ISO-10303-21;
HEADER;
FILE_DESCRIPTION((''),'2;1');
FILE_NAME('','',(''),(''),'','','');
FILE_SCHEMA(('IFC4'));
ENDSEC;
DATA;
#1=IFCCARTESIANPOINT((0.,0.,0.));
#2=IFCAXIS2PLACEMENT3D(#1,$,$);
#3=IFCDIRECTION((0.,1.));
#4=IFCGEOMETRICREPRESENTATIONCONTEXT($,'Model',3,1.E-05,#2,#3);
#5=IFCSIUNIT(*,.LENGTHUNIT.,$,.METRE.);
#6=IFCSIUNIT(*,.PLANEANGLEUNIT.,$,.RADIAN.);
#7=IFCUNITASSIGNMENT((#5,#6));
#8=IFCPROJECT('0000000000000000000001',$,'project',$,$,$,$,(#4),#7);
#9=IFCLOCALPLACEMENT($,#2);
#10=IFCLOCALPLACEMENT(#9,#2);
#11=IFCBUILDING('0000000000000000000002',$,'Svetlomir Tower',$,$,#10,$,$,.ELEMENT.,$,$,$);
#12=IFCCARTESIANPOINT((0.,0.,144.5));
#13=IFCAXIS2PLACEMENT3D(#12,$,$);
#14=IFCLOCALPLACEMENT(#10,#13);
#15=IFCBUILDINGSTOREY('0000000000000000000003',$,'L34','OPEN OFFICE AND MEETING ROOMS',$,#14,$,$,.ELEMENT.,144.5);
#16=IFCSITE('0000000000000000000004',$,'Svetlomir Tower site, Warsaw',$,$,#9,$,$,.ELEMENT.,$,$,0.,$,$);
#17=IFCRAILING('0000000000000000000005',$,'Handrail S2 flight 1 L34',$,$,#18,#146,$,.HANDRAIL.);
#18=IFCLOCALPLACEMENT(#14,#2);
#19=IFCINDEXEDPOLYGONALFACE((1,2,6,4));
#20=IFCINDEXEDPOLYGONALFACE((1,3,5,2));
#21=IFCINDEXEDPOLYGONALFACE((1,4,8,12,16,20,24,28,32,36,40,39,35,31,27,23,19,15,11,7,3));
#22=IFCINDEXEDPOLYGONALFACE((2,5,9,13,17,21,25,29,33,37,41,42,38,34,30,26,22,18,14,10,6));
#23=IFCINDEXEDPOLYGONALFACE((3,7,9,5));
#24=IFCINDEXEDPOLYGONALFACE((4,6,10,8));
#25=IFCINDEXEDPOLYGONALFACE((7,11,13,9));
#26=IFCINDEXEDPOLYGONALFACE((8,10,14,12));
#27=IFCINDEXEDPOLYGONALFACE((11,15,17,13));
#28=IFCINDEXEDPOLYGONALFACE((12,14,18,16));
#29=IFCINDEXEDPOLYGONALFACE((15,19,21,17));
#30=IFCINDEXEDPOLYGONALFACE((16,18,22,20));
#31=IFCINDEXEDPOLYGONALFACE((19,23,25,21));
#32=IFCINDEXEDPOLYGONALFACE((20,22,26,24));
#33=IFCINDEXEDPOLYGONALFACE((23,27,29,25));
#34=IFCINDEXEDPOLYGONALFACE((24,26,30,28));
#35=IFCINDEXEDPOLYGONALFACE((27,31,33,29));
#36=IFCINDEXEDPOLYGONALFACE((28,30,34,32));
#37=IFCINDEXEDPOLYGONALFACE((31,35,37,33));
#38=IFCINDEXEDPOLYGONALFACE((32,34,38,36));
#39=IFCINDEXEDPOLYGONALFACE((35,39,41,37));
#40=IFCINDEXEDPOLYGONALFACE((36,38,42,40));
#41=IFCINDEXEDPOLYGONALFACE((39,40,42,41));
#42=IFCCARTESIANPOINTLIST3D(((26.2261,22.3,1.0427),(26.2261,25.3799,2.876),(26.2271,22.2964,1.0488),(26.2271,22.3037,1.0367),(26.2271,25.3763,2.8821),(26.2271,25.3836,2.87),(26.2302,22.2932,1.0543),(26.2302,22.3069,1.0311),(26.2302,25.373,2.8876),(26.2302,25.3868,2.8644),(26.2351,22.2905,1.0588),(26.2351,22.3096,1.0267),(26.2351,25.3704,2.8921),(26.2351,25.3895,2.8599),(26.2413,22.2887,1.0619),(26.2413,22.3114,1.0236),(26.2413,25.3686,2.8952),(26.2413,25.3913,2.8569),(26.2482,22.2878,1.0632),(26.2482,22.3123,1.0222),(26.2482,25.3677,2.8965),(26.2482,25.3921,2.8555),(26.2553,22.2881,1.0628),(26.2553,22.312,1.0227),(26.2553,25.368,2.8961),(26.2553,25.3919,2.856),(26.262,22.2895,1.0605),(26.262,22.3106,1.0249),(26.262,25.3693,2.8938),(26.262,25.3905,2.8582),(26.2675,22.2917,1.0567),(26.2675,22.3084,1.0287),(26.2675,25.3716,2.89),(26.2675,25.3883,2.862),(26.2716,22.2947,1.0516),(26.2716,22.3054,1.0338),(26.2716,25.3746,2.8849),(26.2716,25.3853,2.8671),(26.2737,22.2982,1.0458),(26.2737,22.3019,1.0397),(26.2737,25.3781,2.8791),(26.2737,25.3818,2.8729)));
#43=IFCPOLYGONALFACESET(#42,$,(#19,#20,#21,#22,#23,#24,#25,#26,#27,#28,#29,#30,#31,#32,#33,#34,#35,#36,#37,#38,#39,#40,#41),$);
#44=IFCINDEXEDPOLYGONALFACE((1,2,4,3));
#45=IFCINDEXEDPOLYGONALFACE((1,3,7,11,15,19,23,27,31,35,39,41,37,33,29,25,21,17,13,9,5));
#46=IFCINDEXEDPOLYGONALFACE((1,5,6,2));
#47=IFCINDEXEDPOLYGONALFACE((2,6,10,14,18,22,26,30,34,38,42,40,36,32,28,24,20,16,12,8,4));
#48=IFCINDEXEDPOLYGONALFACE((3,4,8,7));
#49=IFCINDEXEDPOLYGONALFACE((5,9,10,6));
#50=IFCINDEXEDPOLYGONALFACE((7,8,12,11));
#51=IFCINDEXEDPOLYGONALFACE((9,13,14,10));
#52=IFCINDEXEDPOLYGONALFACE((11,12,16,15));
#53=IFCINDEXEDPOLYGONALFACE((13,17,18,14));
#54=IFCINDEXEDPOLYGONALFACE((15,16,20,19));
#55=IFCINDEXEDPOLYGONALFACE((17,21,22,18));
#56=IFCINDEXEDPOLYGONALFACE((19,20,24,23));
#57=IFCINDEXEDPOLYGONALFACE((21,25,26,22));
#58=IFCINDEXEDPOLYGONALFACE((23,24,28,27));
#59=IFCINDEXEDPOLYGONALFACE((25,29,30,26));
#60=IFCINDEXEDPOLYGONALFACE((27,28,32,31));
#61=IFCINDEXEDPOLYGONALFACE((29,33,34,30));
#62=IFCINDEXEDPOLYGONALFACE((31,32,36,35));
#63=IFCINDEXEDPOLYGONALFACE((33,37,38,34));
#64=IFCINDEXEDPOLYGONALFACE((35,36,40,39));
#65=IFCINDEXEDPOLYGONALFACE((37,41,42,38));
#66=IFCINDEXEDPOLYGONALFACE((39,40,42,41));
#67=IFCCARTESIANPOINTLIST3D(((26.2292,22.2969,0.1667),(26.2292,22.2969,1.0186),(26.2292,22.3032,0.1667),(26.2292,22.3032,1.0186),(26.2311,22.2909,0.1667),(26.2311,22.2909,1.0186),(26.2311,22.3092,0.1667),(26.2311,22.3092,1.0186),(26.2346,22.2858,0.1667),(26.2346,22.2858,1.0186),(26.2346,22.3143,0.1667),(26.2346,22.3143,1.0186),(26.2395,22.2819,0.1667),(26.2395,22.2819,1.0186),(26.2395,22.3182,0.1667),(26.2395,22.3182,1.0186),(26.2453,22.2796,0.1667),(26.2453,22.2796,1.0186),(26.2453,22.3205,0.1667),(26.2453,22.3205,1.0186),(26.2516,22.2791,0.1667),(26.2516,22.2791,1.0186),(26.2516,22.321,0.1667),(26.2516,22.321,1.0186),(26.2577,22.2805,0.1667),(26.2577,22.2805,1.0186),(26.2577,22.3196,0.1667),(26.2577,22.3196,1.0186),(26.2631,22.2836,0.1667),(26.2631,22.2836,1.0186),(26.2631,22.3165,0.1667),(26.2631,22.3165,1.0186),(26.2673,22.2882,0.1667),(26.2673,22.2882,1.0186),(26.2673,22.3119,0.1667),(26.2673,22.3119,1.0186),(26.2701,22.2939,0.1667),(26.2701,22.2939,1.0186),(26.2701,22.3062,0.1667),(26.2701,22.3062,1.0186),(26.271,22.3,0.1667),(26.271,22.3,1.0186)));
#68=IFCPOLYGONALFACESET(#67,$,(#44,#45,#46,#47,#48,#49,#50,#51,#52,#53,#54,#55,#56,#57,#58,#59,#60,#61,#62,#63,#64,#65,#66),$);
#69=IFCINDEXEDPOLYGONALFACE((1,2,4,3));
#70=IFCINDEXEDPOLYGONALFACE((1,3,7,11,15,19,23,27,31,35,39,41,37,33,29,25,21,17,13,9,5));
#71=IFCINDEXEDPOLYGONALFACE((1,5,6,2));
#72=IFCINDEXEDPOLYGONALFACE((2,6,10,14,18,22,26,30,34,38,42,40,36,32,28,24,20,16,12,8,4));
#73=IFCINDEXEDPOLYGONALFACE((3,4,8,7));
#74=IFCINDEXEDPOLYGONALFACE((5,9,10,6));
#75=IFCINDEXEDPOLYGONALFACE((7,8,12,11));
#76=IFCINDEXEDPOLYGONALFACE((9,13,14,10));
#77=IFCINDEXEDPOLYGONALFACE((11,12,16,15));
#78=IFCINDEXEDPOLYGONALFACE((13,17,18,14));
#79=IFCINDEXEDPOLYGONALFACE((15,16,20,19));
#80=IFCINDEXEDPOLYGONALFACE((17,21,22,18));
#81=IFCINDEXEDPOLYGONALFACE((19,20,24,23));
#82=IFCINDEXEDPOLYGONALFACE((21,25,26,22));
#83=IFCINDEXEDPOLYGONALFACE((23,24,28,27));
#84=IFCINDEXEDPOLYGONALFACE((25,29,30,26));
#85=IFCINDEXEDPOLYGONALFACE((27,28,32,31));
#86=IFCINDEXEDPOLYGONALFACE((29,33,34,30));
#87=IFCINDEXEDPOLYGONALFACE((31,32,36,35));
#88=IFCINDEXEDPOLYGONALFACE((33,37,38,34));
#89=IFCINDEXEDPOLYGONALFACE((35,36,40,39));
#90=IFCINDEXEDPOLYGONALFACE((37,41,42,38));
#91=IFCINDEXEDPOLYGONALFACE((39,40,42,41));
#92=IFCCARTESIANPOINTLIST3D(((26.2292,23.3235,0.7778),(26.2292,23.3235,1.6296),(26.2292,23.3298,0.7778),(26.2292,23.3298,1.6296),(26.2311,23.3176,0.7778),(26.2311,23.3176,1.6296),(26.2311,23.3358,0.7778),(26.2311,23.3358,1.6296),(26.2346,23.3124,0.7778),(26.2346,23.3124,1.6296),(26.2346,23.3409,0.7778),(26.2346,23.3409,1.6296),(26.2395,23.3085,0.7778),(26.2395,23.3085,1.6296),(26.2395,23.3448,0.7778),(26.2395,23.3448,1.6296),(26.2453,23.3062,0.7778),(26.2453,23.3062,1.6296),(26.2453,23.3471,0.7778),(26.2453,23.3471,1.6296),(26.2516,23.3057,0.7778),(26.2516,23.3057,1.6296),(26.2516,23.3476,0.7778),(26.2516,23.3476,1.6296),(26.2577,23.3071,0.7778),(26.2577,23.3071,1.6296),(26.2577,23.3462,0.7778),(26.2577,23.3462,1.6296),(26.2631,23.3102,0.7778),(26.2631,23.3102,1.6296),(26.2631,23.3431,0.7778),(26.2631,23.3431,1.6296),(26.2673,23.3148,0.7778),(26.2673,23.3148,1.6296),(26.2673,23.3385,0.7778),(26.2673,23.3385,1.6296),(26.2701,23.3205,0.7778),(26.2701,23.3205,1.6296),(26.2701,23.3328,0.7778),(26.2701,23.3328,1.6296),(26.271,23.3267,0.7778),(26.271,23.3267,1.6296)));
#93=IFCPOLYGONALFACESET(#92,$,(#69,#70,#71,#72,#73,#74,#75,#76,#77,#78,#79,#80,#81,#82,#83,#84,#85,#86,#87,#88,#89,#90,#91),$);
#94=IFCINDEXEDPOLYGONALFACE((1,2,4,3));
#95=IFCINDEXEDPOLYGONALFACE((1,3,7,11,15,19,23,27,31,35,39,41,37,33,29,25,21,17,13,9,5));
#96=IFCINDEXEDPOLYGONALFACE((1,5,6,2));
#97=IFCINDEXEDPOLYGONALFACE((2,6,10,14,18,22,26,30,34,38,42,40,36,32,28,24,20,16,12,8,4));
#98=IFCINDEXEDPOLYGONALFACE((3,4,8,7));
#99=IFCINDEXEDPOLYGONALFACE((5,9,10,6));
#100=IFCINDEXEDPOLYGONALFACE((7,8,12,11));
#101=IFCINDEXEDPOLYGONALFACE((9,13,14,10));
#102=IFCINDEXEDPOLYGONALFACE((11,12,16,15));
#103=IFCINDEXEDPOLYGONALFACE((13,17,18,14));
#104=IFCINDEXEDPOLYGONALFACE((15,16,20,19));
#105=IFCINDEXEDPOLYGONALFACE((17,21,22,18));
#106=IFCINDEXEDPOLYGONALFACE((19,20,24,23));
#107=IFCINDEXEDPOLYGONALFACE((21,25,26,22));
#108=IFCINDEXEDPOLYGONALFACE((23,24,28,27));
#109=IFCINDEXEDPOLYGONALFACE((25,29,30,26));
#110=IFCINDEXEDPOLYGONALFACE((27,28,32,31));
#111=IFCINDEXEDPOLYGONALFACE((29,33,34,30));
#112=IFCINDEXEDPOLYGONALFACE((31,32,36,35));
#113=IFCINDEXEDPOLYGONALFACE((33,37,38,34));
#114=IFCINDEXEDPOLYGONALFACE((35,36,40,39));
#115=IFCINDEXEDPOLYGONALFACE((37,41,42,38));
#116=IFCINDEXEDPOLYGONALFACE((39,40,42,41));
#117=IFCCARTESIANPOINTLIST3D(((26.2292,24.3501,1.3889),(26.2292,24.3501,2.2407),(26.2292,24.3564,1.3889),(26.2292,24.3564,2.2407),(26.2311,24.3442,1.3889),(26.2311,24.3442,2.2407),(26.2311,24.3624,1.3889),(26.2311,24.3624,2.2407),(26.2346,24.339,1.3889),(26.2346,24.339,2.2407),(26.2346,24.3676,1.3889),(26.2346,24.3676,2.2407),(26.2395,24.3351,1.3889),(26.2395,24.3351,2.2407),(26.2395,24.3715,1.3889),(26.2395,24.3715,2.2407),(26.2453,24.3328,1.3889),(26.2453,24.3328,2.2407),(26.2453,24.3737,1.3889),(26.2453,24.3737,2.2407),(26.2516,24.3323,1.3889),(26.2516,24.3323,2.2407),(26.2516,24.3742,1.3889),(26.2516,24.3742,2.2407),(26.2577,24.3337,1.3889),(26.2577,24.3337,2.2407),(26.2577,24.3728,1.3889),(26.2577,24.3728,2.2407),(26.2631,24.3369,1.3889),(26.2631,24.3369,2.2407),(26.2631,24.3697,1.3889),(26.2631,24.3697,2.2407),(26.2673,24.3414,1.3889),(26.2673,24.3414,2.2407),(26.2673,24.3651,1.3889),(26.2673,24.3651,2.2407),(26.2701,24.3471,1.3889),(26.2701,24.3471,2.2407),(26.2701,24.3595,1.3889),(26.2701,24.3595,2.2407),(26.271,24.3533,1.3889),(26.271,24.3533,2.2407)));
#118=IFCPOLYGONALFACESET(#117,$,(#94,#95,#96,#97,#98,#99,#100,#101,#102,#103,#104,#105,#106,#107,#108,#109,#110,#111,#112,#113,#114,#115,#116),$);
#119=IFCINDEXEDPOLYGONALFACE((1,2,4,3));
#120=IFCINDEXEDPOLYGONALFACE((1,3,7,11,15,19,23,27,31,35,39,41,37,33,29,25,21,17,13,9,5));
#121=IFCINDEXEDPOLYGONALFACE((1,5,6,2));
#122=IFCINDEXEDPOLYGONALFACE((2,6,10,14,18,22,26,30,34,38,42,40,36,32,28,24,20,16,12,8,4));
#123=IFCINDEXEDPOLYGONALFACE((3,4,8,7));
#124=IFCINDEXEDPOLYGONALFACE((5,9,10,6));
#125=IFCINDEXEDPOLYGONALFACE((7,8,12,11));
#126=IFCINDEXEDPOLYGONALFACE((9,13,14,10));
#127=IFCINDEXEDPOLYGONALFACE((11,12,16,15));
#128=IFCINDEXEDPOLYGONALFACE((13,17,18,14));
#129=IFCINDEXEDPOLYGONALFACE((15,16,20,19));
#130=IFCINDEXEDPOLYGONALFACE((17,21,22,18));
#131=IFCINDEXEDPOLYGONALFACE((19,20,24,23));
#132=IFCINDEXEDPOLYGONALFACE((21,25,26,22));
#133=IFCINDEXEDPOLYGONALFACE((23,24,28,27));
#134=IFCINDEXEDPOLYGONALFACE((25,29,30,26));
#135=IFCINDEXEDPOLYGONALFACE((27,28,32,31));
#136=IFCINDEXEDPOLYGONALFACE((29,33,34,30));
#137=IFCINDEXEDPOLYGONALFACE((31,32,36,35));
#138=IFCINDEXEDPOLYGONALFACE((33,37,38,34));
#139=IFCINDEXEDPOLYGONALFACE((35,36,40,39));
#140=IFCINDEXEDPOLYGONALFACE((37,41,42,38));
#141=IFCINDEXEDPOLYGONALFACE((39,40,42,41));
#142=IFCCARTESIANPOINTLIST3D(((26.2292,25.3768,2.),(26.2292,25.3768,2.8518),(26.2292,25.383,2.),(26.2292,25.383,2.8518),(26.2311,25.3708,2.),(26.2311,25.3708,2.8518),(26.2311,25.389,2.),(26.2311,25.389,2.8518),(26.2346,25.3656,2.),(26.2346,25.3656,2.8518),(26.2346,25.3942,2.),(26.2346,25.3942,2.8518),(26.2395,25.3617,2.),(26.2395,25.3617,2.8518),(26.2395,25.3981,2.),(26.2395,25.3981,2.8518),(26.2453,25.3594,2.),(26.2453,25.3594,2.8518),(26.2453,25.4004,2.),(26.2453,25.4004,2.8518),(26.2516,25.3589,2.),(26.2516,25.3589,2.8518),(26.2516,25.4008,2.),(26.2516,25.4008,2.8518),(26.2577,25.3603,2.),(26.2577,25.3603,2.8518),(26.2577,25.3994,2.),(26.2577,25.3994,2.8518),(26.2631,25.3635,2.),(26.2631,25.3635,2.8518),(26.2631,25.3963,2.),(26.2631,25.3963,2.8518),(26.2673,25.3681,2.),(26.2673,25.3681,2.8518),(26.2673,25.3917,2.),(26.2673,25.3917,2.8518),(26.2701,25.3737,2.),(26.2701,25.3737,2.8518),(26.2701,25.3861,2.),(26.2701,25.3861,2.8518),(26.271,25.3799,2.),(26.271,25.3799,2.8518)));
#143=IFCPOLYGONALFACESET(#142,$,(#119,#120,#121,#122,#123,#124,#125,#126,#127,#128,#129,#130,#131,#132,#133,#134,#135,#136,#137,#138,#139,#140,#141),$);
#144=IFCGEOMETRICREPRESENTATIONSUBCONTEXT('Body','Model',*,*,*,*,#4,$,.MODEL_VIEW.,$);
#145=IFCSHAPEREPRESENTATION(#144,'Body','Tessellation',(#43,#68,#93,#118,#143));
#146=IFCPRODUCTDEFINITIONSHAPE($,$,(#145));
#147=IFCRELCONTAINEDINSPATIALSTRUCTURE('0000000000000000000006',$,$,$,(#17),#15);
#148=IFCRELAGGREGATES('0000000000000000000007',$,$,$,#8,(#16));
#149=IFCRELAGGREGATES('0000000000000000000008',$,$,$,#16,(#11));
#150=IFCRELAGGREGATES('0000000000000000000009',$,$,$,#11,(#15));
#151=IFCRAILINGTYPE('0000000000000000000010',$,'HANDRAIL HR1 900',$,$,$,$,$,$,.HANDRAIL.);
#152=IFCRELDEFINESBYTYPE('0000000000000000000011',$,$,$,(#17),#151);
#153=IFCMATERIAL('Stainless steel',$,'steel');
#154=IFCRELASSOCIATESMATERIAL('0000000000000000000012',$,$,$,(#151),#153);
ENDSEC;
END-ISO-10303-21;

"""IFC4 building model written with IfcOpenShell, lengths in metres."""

from ifc_helpers import new_model, si_unit, direction, frame, origin, origin_2d, place, context, subcontext, project, spatial, circle, extrude, material, type_object, element, save


model = new_model("IFC4")

# Units and contexts
model_context = context("Model", 3, precision=1e-05, world=origin(), true_north=direction((0.0, 1.0)))
body_context = subcontext(model_context, "Body", "Model", "MODEL_VIEW")
ifc_project = project(units=[si_unit("LENGTHUNIT", "METRE"), si_unit("PLANEANGLEUNIT", "RADIAN")], contexts=[model_context])

# Site, building, storey
site_placement = place(None, origin())
site = spatial("IfcSite", under=ifc_project, at=site_placement, Name="Svetlomir Tower site, Warsaw", CompositionType="ELEMENT", RefElevation=0.0)
building_placement = place(site_placement, origin())
building = spatial("IfcBuilding", under=site, at=building_placement, Name="Svetlomir Tower", CompositionType="ELEMENT")
storey_placement = place(building_placement, frame((0.0, 0.0, 144.5)))
storey = spatial("IfcBuildingStorey", under=building, at=storey_placement, Name="L34", Description="OPEN OFFICE AND MEETING ROOMS", CompositionType="ELEMENT", Elevation=144.5)

# Railing
ifc_material_1 = material(Name="Stainless steel", Category="steel")
railing_type = type_object("IfcRailingType", Name="HANDRAIL HR1 900", PredefinedType="HANDRAIL", material=ifc_material_1)
railing_1_placement = place(storey_placement, frame((26.25, 22.3, 0.1667)))
element("IfcRailing", 1, at=railing_1_placement, inside=storey, type_object=railing_type, Name="Handrail S2 flight 1 L34", PredefinedType="HANDRAIL", context=body_context, shape_type="SweptSolid", body=[
    extrude(circle(Radius=0.0239, at=origin_2d()), frame((0.0, 0.0, 0.876), z_axis=(0.0, 0.859291, 0.511487), x_axis=(-1.0, 0.0, 0.0)), (0.0, 0.0, 1.0), 3.5842),
    extrude(circle(Radius=0.021, at=origin_2d()), origin(), (0.0, 0.0, 1.0), 0.8518),
    extrude(circle(Radius=0.021, at=origin_2d()), frame((0.0, 1.0266, 0.6111)), (0.0, 0.0, 1.0), 0.8518),
    extrude(circle(Radius=0.021, at=origin_2d()), frame((0.0, 2.0532, 1.2222)), (0.0, 0.0, 1.0), 0.8518),
    extrude(circle(Radius=0.021, at=origin_2d()), frame((0.0, 3.0798, 1.8333)), (0.0, 0.0, 1.0), 0.8518),
])

save(model, "model.ifc")
